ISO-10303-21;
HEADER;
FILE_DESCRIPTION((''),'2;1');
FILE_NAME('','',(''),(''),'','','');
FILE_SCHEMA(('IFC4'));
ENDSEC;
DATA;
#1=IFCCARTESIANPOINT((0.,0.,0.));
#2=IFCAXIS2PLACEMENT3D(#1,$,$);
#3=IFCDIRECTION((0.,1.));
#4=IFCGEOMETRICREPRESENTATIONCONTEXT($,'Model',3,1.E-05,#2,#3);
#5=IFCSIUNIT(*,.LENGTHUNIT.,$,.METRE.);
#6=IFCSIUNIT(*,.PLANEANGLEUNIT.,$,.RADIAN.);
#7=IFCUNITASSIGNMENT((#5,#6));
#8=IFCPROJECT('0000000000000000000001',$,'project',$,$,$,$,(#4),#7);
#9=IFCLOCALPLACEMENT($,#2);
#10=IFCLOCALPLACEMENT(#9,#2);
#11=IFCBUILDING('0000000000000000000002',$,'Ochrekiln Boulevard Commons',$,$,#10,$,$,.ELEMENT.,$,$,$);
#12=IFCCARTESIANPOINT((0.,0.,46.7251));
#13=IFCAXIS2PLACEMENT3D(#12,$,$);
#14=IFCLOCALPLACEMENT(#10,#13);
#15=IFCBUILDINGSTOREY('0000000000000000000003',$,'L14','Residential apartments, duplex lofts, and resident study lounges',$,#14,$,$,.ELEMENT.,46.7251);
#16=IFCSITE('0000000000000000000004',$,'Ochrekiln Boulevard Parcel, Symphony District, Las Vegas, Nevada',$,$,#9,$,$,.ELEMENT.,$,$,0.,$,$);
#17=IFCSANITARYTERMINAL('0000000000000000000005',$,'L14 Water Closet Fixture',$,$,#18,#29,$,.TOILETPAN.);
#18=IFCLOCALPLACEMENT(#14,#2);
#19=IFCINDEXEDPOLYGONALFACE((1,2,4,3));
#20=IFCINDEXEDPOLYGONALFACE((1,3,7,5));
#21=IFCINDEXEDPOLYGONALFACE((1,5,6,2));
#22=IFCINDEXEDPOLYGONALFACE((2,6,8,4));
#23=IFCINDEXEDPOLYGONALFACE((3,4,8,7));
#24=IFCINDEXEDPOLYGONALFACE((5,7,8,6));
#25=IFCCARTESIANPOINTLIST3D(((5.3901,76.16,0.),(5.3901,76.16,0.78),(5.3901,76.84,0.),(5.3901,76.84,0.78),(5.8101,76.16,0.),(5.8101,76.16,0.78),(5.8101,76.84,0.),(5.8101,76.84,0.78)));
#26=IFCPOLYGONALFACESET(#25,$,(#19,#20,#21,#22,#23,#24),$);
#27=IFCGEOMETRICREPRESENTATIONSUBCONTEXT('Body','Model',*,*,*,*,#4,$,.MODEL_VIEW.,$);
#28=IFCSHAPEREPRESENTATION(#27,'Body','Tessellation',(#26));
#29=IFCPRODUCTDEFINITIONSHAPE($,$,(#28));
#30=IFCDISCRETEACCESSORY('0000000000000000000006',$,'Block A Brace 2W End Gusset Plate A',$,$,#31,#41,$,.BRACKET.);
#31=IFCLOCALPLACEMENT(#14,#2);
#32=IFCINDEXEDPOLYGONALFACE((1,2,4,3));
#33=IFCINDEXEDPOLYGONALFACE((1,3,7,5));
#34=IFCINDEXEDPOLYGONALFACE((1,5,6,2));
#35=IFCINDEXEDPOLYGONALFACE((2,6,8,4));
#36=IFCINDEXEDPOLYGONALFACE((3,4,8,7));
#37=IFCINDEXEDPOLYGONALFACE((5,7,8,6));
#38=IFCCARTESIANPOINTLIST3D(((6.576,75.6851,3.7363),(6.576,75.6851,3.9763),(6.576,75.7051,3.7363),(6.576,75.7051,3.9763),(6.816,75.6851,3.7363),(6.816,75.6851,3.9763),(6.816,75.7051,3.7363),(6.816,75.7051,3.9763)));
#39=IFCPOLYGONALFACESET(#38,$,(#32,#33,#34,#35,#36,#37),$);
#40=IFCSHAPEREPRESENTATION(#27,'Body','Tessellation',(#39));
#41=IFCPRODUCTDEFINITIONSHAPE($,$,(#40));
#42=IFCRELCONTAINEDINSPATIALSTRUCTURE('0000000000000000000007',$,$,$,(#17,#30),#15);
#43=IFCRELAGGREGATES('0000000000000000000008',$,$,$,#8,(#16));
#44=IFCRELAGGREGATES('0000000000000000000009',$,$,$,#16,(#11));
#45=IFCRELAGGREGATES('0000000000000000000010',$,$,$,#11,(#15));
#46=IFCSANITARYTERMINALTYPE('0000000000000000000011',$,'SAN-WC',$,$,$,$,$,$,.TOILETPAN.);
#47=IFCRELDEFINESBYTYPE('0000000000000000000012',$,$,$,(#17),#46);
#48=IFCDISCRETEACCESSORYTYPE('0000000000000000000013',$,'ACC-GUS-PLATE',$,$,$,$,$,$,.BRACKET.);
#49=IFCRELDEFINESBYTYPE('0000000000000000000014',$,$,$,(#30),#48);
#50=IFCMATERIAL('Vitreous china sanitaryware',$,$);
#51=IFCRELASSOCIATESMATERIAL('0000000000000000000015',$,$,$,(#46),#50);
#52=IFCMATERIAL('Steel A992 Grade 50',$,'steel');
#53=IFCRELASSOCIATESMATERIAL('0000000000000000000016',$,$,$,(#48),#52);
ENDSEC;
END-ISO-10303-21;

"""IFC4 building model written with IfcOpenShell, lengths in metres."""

from ifc_helpers import new_model, si_unit, direction, frame, origin, origin_2d, place, context, subcontext, project, spatial, rectangle, extrude, material, type_object, element, save


model = new_model("IFC4")

# Units and contexts
model_context = context("Model", 3, precision=1e-05, world=origin(), true_north=direction((0.0, 1.0)))
body_context = subcontext(model_context, "Body", "Model", "MODEL_VIEW")
ifc_project = project(units=[si_unit("LENGTHUNIT", "METRE"), si_unit("PLANEANGLEUNIT", "RADIAN")], contexts=[model_context])

# Site, building, storey
site_placement = place(None, origin())
site = spatial("IfcSite", under=ifc_project, at=site_placement, Name="Ochrekiln Boulevard Parcel, Symphony District, Las Vegas, Nevada", CompositionType="ELEMENT", RefElevation=0.0)
building_placement = place(site_placement, origin())
building = spatial("IfcBuilding", under=site, at=building_placement, Name="Ochrekiln Boulevard Commons", CompositionType="ELEMENT")
storey_placement = place(building_placement, frame((0.0, 0.0, 46.7251)))
storey = spatial("IfcBuildingStorey", under=building, at=storey_placement, Name="L14", Description="Residential apartments, duplex lofts, and resident study lounges", CompositionType="ELEMENT", Elevation=46.7251)

# Sanitary terminal
ifc_material_1 = material(Name="Vitreous china sanitaryware")
sanitary_terminal_type_1 = type_object("IfcSanitaryTerminalType", Name="SAN-WC", PredefinedType="TOILETPAN", material=ifc_material_1)
sanitary_terminal_1_placement = place(storey_placement, frame((5.6001, 76.5, 0.0), z_axis=(0.0, 0.0, 1.0), x_axis=(1.0, 0.0, 0.0)))
element("IfcSanitaryTerminal", 1, at=sanitary_terminal_1_placement, inside=storey, type_object=sanitary_terminal_type_1, Name="L14 Water Closet Fixture", PredefinedType="TOILETPAN", context=body_context, shape_type="SweptSolid", body=[
    extrude(rectangle(XDim=0.4199, YDim=0.6799, at=origin_2d()), origin(), (0.0, 0.0, 1.0), 0.78),
])

# Discrete accessory
ifc_material_2 = material(Name="Steel A992 Grade 50", Category="steel")
discrete_accessory_type = type_object("IfcDiscreteAccessoryType", Name="ACC-GUS-PLATE", PredefinedType="BRACKET", material=ifc_material_2)
discrete_accessory_placement = place(storey_placement, frame((6.696, 75.6951, 3.7363), z_axis=(0.0, 0.0, 1.0), x_axis=(1.0, 0.0, 0.0)))
element("IfcDiscreteAccessory", 2, at=discrete_accessory_placement, inside=storey, type_object=discrete_accessory_type, Name="Block A Brace 2W End Gusset Plate A", PredefinedType="BRACKET", context=body_context, shape_type="SweptSolid", body=[
    extrude(rectangle(XDim=0.24, YDim=0.02, at=origin_2d()), origin(), (0.0, 0.0, 1.0), 0.24),
])

save(model, "model.ifc")
